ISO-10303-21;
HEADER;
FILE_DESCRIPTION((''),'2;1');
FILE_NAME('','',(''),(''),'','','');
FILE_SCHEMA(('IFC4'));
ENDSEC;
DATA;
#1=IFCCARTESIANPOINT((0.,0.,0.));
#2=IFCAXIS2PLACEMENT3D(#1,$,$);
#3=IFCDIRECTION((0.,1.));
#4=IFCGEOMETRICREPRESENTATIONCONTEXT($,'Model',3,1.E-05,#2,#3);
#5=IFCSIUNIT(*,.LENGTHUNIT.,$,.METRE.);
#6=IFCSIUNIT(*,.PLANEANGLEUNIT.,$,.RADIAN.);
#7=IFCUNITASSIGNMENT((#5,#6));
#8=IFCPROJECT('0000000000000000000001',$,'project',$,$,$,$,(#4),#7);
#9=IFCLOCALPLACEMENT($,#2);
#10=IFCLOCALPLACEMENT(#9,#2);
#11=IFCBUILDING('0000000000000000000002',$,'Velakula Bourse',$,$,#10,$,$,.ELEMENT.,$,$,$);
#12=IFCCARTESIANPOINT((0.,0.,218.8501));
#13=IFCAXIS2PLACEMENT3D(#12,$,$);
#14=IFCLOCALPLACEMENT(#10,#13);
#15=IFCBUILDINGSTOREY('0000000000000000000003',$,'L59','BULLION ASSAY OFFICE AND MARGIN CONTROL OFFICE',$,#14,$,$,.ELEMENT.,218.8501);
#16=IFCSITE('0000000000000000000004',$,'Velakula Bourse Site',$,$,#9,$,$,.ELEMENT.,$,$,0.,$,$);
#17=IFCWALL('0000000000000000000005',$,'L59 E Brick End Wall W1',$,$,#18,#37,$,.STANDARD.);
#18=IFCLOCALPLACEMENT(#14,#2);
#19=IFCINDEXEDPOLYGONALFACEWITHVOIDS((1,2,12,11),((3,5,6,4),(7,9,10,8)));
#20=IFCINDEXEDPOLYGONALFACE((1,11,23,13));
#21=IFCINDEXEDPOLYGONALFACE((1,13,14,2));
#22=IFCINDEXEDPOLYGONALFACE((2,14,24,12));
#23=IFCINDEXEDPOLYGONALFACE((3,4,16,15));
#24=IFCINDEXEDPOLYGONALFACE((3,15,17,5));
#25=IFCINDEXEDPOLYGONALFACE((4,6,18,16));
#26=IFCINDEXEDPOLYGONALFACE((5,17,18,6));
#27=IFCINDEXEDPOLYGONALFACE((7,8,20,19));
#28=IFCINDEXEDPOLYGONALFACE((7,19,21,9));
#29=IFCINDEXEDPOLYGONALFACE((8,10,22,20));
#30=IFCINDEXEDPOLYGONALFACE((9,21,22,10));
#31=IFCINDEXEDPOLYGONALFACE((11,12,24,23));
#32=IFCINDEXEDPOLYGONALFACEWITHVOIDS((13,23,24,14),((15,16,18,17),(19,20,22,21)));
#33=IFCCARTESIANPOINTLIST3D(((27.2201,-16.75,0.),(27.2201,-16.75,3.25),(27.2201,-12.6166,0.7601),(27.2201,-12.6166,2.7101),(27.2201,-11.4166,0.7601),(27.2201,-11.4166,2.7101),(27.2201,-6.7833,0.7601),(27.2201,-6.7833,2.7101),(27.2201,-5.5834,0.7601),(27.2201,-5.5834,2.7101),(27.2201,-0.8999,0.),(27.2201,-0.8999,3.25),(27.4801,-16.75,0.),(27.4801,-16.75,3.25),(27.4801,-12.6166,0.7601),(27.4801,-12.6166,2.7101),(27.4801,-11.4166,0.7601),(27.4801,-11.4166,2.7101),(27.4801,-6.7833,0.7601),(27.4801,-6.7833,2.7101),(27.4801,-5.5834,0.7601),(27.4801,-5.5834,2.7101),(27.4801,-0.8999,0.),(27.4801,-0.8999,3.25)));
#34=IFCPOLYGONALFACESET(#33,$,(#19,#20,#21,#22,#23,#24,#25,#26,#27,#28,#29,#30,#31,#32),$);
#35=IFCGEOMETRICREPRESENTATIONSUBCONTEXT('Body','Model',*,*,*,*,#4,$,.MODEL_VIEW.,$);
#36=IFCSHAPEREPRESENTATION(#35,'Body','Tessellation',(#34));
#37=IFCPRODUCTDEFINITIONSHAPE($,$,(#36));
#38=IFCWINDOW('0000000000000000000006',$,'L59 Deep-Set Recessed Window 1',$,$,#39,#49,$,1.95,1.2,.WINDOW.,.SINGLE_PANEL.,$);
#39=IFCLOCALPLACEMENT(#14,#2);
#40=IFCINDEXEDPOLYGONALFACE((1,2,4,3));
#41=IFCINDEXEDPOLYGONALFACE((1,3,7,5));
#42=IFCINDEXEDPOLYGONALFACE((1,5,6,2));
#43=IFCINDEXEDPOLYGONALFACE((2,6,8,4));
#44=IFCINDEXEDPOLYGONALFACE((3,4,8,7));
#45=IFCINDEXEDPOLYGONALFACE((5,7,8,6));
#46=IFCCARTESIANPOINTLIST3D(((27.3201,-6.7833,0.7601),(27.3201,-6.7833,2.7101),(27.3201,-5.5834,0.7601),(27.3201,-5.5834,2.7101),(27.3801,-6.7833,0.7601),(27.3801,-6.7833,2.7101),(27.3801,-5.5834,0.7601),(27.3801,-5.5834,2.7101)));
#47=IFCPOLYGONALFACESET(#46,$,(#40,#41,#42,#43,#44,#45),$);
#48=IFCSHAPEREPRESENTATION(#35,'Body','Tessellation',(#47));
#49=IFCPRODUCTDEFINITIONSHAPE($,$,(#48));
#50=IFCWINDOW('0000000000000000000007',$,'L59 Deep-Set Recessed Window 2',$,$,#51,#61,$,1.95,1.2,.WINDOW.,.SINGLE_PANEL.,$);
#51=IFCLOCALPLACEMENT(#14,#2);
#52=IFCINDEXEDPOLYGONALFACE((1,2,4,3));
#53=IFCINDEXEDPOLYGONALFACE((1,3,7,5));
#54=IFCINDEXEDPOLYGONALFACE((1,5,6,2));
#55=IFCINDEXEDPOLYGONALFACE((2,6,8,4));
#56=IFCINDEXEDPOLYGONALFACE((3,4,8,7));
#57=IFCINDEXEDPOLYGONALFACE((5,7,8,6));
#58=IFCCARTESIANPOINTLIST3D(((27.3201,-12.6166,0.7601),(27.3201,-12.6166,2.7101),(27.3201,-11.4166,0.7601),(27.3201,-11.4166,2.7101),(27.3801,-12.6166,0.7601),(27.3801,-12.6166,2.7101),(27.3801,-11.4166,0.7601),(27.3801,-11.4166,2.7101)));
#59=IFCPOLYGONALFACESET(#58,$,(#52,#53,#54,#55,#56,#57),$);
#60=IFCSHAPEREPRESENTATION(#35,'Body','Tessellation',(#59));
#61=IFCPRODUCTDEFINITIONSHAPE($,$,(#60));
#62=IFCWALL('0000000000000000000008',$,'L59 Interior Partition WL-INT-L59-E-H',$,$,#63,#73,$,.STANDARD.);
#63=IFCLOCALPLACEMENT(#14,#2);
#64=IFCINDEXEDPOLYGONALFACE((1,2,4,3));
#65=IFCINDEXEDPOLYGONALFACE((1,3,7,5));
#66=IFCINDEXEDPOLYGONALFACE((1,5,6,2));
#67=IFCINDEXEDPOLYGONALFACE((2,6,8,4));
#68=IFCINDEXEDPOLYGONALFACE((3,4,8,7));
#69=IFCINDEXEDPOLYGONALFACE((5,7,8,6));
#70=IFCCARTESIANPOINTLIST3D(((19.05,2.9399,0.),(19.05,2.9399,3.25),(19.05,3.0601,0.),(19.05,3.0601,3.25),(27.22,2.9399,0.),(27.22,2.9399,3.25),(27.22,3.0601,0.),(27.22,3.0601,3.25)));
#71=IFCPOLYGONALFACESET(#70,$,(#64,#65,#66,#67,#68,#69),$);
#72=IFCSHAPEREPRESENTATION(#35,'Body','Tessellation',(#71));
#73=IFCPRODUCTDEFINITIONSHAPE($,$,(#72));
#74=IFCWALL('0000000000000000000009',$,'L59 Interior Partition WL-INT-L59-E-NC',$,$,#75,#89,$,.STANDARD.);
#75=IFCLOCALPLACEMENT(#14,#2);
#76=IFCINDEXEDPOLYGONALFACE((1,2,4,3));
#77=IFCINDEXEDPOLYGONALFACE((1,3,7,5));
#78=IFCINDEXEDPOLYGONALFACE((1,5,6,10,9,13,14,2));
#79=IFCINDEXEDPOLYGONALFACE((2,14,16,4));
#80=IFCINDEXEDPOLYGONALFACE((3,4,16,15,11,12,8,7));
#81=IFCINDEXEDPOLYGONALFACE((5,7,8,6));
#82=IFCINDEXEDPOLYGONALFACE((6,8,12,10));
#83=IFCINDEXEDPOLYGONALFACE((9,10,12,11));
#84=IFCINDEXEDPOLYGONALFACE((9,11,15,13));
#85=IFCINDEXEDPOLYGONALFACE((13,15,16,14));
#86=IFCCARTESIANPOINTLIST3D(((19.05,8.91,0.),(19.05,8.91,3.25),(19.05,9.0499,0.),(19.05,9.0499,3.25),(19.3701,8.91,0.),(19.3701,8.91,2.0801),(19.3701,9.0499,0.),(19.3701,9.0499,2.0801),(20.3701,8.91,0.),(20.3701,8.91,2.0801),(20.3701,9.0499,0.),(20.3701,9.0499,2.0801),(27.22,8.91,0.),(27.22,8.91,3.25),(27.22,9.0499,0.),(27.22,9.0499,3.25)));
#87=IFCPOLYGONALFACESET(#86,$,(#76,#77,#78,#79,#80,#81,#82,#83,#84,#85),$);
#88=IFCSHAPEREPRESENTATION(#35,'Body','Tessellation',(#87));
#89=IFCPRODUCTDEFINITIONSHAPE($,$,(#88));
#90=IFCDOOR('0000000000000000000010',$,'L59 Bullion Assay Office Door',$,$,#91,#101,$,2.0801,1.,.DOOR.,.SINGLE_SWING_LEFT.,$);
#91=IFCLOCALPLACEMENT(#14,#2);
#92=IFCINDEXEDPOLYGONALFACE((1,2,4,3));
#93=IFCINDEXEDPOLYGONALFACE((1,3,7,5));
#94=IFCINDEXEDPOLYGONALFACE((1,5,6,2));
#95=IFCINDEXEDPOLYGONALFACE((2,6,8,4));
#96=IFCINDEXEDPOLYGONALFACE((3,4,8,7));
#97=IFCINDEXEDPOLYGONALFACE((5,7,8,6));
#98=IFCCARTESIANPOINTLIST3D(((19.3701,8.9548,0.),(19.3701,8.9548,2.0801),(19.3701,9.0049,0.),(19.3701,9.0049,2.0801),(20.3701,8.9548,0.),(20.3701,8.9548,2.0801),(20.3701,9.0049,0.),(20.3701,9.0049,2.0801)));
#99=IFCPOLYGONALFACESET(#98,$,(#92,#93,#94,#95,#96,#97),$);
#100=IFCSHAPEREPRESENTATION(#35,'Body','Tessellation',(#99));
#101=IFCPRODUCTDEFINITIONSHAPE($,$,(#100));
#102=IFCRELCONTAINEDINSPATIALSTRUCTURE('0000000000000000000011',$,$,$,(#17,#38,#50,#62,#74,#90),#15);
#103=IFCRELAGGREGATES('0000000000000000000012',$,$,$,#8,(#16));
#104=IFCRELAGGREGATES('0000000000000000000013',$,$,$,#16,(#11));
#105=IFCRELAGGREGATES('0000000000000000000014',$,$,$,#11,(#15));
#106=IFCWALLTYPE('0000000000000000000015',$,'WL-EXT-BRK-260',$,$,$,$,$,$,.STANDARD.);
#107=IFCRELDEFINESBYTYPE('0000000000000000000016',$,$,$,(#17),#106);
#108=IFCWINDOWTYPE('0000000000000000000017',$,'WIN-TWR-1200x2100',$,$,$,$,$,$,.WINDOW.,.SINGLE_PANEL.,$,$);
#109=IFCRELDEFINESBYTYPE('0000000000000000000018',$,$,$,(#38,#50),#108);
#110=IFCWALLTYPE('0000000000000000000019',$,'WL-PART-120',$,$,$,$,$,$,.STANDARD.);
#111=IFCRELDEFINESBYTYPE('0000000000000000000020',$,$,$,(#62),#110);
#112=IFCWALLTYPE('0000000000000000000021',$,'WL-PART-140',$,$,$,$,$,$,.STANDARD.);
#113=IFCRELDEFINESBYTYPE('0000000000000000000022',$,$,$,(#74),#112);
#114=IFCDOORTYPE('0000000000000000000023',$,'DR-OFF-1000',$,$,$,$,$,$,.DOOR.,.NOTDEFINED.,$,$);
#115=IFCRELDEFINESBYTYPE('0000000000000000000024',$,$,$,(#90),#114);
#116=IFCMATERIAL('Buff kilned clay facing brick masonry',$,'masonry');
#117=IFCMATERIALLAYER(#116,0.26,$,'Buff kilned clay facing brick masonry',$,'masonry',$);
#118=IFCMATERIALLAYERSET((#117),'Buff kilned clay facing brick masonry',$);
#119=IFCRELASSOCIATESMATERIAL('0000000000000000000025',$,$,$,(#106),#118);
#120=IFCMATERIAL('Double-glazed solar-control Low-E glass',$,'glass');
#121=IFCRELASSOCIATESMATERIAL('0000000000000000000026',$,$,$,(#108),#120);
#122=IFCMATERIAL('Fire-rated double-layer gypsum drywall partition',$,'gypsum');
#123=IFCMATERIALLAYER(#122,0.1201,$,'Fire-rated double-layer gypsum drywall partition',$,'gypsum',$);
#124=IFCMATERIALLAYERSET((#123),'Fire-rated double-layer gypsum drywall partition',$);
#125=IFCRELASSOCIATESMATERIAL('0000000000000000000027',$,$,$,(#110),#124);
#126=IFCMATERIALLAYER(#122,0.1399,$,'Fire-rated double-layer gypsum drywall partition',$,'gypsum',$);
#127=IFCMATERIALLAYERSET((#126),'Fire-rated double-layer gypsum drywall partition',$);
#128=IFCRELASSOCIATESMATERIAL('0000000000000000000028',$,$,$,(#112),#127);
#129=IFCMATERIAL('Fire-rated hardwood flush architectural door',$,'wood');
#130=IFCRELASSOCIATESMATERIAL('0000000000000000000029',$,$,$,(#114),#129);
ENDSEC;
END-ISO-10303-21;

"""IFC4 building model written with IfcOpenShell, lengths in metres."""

from ifc_helpers import new_model, si_unit, direction, frame, frame_2d, origin, place, context, subcontext, project, spatial, rectangle, extrude, material, layer, layer_set, type_object, element, fill, save


model = new_model("IFC4")

# Units and contexts
model_context = context("Model", 3, precision=1e-05, world=origin(), true_north=direction((0.0, 1.0)))
body_context = subcontext(model_context, "Body", "Model", "MODEL_VIEW")
ifc_project = project(units=[si_unit("LENGTHUNIT", "METRE"), si_unit("PLANEANGLEUNIT", "RADIAN")], contexts=[model_context])

# Site, building, storey
site_placement = place(None, origin())
site = spatial("IfcSite", under=ifc_project, at=site_placement, Name="Velakula Bourse Site", CompositionType="ELEMENT", RefElevation=0.0)
building_placement = place(site_placement, origin())
building = spatial("IfcBuilding", under=site, at=building_placement, Name="Velakula Bourse", CompositionType="ELEMENT")
storey_placement = place(building_placement, frame((0.0, 0.0, 218.8501)))
storey = spatial("IfcBuildingStorey", under=building, at=storey_placement, Name="L59", Description="BULLION ASSAY OFFICE AND MARGIN CONTROL OFFICE", CompositionType="ELEMENT", Elevation=218.8501)

# Wall, openings, windows
ifc_material_1 = material(Name="Buff kilned clay facing brick masonry", Category="masonry")
ifc_layer_1 = layer(ifc_material_1, 0.26, Name="Buff kilned clay facing brick masonry", Category="masonry")
ifc_layer_set_1 = layer_set([ifc_layer_1], Name="Buff kilned clay facing brick masonry")
wall_type_1 = type_object("IfcWallType", Name="WL-EXT-BRK-260", PredefinedType="STANDARD", material=ifc_layer_set_1)
wall_1_placement = place(storey_placement, frame((27.3501, -0.8999, 0.0), z_axis=(0.0, 0.0, 1.0), x_axis=(0.0, -1.0, 0.0)))
wall_1 = element("IfcWall", 1, at=wall_1_placement, inside=storey, type_object=wall_type_1, Name="L59 E Brick End Wall W1", PredefinedType="STANDARD", context=body_context, shape_type="SweptSolid", body=[
    extrude(rectangle(XDim=15.8501, YDim=0.26, at=frame_2d((7.925, 0.0))), origin(), (0.0, 0.0, 1.0), 3.25),
])
opening_1_placement = place(wall_1_placement, frame((4.6833, 0.0, 0.76)))
opening_1 = element("IfcOpeningElement", 2, at=opening_1_placement, cuts=wall_1, PredefinedType="OPENING", context=body_context, shape_type="SweptSolid", body=[
    extrude(rectangle(XDim=1.2, YDim=1.95, at=frame_2d((0.6001, 0.9751))), frame((0.0, 0.1399, 0.0), z_axis=(0.0, -1.0, 0.0), x_axis=(1.0, 0.0, 0.0)), (0.0, 0.0, 1.0), 0.28),
])
opening_2_placement = place(wall_1_placement, frame((10.5166, 0.0, 0.76)))
opening_2 = element("IfcOpeningElement", 3, at=opening_2_placement, cuts=wall_1, PredefinedType="OPENING", context=body_context, shape_type="SweptSolid", body=[
    extrude(rectangle(XDim=1.2, YDim=1.95, at=frame_2d((0.6001, 0.9751))), frame((0.0, 0.1399, 0.0), z_axis=(0.0, -1.0, 0.0), x_axis=(1.0, 0.0, 0.0)), (0.0, 0.0, 1.0), 0.28),
])
ifc_material_2 = material(Name="Double-glazed solar-control Low-E glass", Category="glass")
window_type = type_object("IfcWindowType", Name="WIN-TWR-1200x2100", PartitioningType="SINGLE_PANEL", PredefinedType="WINDOW", material=ifc_material_2)
window_1_placement = place(opening_1_placement, origin())
window_1 = element("IfcWindow", 4, at=window_1_placement, inside=storey, type_object=window_type, Name="L59 Deep-Set Recessed Window 1", OverallHeight=1.95, OverallWidth=1.2, PartitioningType="SINGLE_PANEL", PredefinedType="WINDOW", context=body_context, shape_type="SweptSolid", body=[
    extrude(rectangle(XDim=1.2, YDim=1.95, at=frame_2d((0.6001, 0.9751))), frame((0.0, 0.03, 0.0), z_axis=(0.0, -1.0, 0.0), x_axis=(1.0, 0.0, 0.0)), (0.0, 0.0, 1.0), 0.0601),
])
fill(opening_1, window_1)
window_2_placement = place(opening_2_placement, origin())
window_2 = element("IfcWindow", 5, at=window_2_placement, inside=storey, type_object=window_type, Name="L59 Deep-Set Recessed Window 2", OverallHeight=1.95, OverallWidth=1.2, PartitioningType="SINGLE_PANEL", PredefinedType="WINDOW", context=body_context, shape_type="SweptSolid", body=[
    extrude(rectangle(XDim=1.2, YDim=1.95, at=frame_2d((0.6001, 0.9751))), frame((0.0, 0.03, 0.0), z_axis=(0.0, -1.0, 0.0), x_axis=(1.0, 0.0, 0.0)), (0.0, 0.0, 1.0), 0.0601),
])
fill(opening_2, window_2)

# Wall
ifc_material_3 = material(Name="Fire-rated double-layer gypsum drywall partition", Category="gypsum")
ifc_layer_2 = layer(ifc_material_3, 0.1201, Name="Fire-rated double-layer gypsum drywall partition", Category="gypsum")
ifc_layer_set_2 = layer_set([ifc_layer_2], Name="Fire-rated double-layer gypsum drywall partition")
wall_type_2 = type_object("IfcWallType", Name="WL-PART-120", PredefinedType="STANDARD", material=ifc_layer_set_2)
wall_2_placement = place(storey_placement, frame((19.05, 3.0, 0.0), z_axis=(0.0, 0.0, 1.0), x_axis=(1.0, 0.0, 0.0)))
element("IfcWall", 6, at=wall_2_placement, inside=storey, type_object=wall_type_2, Name="L59 Interior Partition WL-INT-L59-E-H", PredefinedType="STANDARD", context=body_context, shape_type="SweptSolid", body=[
    extrude(rectangle(XDim=8.1699, YDim=0.1201, at=frame_2d((4.085, 0.0))), origin(), (0.0, 0.0, 1.0), 3.25),
])

# Wall, opening, door
ifc_layer_3 = layer(ifc_material_3, 0.1399, Name="Fire-rated double-layer gypsum drywall partition", Category="gypsum")
ifc_layer_set_3 = layer_set([ifc_layer_3], Name="Fire-rated double-layer gypsum drywall partition")
wall_type_3 = type_object("IfcWallType", Name="WL-PART-140", PredefinedType="STANDARD", material=ifc_layer_set_3)
wall_3_placement = place(storey_placement, frame((19.05, 8.98, 0.0), z_axis=(0.0, 0.0, 1.0), x_axis=(1.0, 0.0, 0.0)))
wall_3 = element("IfcWall", 7, at=wall_3_placement, inside=storey, type_object=wall_type_3, Name="L59 Interior Partition WL-INT-L59-E-NC", PredefinedType="STANDARD", context=body_context, shape_type="SweptSolid", body=[
    extrude(rectangle(XDim=8.1699, YDim=0.1399, at=frame_2d((4.085, 0.0))), origin(), (0.0, 0.0, 1.0), 3.25),
])
opening_3_placement = place(wall_3_placement, frame((0.3201, 0.0, 0.0)))
opening_3 = element("IfcOpeningElement", 8, at=opening_3_placement, cuts=wall_3, PredefinedType="OPENING", context=body_context, shape_type="SweptSolid", body=[
    extrude(rectangle(XDim=1.0, YDim=2.0801, at=frame_2d((0.5, 1.04))), frame((0.0, 0.0798, 0.0), z_axis=(0.0, -1.0, 0.0), x_axis=(1.0, 0.0, 0.0)), (0.0, 0.0, 1.0), 0.1599),
])
ifc_material_4 = material(Name="Fire-rated hardwood flush architectural door", Category="wood")
door_type = type_object("IfcDoorType", Name="DR-OFF-1000", OperationType="NOTDEFINED", PredefinedType="DOOR", material=ifc_material_4)
door_placement = place(opening_3_placement, origin())
door = element("IfcDoor", 9, at=door_placement, inside=storey, type_object=door_type, Name="L59 Bullion Assay Office Door", OperationType="SINGLE_SWING_LEFT", OverallHeight=2.0801, OverallWidth=1.0, PredefinedType="DOOR", context=body_context, shape_type="SweptSolid", body=[
    extrude(rectangle(XDim=1.0, YDim=2.0801, at=frame_2d((0.5, 1.04))), frame((0.0, 0.0249, 0.0), z_axis=(0.0, -1.0, 0.0), x_axis=(1.0, 0.0, 0.0)), (0.0, 0.0, 1.0), 0.05),
])
fill(opening_3, door)

save(model, "model.ifc")
